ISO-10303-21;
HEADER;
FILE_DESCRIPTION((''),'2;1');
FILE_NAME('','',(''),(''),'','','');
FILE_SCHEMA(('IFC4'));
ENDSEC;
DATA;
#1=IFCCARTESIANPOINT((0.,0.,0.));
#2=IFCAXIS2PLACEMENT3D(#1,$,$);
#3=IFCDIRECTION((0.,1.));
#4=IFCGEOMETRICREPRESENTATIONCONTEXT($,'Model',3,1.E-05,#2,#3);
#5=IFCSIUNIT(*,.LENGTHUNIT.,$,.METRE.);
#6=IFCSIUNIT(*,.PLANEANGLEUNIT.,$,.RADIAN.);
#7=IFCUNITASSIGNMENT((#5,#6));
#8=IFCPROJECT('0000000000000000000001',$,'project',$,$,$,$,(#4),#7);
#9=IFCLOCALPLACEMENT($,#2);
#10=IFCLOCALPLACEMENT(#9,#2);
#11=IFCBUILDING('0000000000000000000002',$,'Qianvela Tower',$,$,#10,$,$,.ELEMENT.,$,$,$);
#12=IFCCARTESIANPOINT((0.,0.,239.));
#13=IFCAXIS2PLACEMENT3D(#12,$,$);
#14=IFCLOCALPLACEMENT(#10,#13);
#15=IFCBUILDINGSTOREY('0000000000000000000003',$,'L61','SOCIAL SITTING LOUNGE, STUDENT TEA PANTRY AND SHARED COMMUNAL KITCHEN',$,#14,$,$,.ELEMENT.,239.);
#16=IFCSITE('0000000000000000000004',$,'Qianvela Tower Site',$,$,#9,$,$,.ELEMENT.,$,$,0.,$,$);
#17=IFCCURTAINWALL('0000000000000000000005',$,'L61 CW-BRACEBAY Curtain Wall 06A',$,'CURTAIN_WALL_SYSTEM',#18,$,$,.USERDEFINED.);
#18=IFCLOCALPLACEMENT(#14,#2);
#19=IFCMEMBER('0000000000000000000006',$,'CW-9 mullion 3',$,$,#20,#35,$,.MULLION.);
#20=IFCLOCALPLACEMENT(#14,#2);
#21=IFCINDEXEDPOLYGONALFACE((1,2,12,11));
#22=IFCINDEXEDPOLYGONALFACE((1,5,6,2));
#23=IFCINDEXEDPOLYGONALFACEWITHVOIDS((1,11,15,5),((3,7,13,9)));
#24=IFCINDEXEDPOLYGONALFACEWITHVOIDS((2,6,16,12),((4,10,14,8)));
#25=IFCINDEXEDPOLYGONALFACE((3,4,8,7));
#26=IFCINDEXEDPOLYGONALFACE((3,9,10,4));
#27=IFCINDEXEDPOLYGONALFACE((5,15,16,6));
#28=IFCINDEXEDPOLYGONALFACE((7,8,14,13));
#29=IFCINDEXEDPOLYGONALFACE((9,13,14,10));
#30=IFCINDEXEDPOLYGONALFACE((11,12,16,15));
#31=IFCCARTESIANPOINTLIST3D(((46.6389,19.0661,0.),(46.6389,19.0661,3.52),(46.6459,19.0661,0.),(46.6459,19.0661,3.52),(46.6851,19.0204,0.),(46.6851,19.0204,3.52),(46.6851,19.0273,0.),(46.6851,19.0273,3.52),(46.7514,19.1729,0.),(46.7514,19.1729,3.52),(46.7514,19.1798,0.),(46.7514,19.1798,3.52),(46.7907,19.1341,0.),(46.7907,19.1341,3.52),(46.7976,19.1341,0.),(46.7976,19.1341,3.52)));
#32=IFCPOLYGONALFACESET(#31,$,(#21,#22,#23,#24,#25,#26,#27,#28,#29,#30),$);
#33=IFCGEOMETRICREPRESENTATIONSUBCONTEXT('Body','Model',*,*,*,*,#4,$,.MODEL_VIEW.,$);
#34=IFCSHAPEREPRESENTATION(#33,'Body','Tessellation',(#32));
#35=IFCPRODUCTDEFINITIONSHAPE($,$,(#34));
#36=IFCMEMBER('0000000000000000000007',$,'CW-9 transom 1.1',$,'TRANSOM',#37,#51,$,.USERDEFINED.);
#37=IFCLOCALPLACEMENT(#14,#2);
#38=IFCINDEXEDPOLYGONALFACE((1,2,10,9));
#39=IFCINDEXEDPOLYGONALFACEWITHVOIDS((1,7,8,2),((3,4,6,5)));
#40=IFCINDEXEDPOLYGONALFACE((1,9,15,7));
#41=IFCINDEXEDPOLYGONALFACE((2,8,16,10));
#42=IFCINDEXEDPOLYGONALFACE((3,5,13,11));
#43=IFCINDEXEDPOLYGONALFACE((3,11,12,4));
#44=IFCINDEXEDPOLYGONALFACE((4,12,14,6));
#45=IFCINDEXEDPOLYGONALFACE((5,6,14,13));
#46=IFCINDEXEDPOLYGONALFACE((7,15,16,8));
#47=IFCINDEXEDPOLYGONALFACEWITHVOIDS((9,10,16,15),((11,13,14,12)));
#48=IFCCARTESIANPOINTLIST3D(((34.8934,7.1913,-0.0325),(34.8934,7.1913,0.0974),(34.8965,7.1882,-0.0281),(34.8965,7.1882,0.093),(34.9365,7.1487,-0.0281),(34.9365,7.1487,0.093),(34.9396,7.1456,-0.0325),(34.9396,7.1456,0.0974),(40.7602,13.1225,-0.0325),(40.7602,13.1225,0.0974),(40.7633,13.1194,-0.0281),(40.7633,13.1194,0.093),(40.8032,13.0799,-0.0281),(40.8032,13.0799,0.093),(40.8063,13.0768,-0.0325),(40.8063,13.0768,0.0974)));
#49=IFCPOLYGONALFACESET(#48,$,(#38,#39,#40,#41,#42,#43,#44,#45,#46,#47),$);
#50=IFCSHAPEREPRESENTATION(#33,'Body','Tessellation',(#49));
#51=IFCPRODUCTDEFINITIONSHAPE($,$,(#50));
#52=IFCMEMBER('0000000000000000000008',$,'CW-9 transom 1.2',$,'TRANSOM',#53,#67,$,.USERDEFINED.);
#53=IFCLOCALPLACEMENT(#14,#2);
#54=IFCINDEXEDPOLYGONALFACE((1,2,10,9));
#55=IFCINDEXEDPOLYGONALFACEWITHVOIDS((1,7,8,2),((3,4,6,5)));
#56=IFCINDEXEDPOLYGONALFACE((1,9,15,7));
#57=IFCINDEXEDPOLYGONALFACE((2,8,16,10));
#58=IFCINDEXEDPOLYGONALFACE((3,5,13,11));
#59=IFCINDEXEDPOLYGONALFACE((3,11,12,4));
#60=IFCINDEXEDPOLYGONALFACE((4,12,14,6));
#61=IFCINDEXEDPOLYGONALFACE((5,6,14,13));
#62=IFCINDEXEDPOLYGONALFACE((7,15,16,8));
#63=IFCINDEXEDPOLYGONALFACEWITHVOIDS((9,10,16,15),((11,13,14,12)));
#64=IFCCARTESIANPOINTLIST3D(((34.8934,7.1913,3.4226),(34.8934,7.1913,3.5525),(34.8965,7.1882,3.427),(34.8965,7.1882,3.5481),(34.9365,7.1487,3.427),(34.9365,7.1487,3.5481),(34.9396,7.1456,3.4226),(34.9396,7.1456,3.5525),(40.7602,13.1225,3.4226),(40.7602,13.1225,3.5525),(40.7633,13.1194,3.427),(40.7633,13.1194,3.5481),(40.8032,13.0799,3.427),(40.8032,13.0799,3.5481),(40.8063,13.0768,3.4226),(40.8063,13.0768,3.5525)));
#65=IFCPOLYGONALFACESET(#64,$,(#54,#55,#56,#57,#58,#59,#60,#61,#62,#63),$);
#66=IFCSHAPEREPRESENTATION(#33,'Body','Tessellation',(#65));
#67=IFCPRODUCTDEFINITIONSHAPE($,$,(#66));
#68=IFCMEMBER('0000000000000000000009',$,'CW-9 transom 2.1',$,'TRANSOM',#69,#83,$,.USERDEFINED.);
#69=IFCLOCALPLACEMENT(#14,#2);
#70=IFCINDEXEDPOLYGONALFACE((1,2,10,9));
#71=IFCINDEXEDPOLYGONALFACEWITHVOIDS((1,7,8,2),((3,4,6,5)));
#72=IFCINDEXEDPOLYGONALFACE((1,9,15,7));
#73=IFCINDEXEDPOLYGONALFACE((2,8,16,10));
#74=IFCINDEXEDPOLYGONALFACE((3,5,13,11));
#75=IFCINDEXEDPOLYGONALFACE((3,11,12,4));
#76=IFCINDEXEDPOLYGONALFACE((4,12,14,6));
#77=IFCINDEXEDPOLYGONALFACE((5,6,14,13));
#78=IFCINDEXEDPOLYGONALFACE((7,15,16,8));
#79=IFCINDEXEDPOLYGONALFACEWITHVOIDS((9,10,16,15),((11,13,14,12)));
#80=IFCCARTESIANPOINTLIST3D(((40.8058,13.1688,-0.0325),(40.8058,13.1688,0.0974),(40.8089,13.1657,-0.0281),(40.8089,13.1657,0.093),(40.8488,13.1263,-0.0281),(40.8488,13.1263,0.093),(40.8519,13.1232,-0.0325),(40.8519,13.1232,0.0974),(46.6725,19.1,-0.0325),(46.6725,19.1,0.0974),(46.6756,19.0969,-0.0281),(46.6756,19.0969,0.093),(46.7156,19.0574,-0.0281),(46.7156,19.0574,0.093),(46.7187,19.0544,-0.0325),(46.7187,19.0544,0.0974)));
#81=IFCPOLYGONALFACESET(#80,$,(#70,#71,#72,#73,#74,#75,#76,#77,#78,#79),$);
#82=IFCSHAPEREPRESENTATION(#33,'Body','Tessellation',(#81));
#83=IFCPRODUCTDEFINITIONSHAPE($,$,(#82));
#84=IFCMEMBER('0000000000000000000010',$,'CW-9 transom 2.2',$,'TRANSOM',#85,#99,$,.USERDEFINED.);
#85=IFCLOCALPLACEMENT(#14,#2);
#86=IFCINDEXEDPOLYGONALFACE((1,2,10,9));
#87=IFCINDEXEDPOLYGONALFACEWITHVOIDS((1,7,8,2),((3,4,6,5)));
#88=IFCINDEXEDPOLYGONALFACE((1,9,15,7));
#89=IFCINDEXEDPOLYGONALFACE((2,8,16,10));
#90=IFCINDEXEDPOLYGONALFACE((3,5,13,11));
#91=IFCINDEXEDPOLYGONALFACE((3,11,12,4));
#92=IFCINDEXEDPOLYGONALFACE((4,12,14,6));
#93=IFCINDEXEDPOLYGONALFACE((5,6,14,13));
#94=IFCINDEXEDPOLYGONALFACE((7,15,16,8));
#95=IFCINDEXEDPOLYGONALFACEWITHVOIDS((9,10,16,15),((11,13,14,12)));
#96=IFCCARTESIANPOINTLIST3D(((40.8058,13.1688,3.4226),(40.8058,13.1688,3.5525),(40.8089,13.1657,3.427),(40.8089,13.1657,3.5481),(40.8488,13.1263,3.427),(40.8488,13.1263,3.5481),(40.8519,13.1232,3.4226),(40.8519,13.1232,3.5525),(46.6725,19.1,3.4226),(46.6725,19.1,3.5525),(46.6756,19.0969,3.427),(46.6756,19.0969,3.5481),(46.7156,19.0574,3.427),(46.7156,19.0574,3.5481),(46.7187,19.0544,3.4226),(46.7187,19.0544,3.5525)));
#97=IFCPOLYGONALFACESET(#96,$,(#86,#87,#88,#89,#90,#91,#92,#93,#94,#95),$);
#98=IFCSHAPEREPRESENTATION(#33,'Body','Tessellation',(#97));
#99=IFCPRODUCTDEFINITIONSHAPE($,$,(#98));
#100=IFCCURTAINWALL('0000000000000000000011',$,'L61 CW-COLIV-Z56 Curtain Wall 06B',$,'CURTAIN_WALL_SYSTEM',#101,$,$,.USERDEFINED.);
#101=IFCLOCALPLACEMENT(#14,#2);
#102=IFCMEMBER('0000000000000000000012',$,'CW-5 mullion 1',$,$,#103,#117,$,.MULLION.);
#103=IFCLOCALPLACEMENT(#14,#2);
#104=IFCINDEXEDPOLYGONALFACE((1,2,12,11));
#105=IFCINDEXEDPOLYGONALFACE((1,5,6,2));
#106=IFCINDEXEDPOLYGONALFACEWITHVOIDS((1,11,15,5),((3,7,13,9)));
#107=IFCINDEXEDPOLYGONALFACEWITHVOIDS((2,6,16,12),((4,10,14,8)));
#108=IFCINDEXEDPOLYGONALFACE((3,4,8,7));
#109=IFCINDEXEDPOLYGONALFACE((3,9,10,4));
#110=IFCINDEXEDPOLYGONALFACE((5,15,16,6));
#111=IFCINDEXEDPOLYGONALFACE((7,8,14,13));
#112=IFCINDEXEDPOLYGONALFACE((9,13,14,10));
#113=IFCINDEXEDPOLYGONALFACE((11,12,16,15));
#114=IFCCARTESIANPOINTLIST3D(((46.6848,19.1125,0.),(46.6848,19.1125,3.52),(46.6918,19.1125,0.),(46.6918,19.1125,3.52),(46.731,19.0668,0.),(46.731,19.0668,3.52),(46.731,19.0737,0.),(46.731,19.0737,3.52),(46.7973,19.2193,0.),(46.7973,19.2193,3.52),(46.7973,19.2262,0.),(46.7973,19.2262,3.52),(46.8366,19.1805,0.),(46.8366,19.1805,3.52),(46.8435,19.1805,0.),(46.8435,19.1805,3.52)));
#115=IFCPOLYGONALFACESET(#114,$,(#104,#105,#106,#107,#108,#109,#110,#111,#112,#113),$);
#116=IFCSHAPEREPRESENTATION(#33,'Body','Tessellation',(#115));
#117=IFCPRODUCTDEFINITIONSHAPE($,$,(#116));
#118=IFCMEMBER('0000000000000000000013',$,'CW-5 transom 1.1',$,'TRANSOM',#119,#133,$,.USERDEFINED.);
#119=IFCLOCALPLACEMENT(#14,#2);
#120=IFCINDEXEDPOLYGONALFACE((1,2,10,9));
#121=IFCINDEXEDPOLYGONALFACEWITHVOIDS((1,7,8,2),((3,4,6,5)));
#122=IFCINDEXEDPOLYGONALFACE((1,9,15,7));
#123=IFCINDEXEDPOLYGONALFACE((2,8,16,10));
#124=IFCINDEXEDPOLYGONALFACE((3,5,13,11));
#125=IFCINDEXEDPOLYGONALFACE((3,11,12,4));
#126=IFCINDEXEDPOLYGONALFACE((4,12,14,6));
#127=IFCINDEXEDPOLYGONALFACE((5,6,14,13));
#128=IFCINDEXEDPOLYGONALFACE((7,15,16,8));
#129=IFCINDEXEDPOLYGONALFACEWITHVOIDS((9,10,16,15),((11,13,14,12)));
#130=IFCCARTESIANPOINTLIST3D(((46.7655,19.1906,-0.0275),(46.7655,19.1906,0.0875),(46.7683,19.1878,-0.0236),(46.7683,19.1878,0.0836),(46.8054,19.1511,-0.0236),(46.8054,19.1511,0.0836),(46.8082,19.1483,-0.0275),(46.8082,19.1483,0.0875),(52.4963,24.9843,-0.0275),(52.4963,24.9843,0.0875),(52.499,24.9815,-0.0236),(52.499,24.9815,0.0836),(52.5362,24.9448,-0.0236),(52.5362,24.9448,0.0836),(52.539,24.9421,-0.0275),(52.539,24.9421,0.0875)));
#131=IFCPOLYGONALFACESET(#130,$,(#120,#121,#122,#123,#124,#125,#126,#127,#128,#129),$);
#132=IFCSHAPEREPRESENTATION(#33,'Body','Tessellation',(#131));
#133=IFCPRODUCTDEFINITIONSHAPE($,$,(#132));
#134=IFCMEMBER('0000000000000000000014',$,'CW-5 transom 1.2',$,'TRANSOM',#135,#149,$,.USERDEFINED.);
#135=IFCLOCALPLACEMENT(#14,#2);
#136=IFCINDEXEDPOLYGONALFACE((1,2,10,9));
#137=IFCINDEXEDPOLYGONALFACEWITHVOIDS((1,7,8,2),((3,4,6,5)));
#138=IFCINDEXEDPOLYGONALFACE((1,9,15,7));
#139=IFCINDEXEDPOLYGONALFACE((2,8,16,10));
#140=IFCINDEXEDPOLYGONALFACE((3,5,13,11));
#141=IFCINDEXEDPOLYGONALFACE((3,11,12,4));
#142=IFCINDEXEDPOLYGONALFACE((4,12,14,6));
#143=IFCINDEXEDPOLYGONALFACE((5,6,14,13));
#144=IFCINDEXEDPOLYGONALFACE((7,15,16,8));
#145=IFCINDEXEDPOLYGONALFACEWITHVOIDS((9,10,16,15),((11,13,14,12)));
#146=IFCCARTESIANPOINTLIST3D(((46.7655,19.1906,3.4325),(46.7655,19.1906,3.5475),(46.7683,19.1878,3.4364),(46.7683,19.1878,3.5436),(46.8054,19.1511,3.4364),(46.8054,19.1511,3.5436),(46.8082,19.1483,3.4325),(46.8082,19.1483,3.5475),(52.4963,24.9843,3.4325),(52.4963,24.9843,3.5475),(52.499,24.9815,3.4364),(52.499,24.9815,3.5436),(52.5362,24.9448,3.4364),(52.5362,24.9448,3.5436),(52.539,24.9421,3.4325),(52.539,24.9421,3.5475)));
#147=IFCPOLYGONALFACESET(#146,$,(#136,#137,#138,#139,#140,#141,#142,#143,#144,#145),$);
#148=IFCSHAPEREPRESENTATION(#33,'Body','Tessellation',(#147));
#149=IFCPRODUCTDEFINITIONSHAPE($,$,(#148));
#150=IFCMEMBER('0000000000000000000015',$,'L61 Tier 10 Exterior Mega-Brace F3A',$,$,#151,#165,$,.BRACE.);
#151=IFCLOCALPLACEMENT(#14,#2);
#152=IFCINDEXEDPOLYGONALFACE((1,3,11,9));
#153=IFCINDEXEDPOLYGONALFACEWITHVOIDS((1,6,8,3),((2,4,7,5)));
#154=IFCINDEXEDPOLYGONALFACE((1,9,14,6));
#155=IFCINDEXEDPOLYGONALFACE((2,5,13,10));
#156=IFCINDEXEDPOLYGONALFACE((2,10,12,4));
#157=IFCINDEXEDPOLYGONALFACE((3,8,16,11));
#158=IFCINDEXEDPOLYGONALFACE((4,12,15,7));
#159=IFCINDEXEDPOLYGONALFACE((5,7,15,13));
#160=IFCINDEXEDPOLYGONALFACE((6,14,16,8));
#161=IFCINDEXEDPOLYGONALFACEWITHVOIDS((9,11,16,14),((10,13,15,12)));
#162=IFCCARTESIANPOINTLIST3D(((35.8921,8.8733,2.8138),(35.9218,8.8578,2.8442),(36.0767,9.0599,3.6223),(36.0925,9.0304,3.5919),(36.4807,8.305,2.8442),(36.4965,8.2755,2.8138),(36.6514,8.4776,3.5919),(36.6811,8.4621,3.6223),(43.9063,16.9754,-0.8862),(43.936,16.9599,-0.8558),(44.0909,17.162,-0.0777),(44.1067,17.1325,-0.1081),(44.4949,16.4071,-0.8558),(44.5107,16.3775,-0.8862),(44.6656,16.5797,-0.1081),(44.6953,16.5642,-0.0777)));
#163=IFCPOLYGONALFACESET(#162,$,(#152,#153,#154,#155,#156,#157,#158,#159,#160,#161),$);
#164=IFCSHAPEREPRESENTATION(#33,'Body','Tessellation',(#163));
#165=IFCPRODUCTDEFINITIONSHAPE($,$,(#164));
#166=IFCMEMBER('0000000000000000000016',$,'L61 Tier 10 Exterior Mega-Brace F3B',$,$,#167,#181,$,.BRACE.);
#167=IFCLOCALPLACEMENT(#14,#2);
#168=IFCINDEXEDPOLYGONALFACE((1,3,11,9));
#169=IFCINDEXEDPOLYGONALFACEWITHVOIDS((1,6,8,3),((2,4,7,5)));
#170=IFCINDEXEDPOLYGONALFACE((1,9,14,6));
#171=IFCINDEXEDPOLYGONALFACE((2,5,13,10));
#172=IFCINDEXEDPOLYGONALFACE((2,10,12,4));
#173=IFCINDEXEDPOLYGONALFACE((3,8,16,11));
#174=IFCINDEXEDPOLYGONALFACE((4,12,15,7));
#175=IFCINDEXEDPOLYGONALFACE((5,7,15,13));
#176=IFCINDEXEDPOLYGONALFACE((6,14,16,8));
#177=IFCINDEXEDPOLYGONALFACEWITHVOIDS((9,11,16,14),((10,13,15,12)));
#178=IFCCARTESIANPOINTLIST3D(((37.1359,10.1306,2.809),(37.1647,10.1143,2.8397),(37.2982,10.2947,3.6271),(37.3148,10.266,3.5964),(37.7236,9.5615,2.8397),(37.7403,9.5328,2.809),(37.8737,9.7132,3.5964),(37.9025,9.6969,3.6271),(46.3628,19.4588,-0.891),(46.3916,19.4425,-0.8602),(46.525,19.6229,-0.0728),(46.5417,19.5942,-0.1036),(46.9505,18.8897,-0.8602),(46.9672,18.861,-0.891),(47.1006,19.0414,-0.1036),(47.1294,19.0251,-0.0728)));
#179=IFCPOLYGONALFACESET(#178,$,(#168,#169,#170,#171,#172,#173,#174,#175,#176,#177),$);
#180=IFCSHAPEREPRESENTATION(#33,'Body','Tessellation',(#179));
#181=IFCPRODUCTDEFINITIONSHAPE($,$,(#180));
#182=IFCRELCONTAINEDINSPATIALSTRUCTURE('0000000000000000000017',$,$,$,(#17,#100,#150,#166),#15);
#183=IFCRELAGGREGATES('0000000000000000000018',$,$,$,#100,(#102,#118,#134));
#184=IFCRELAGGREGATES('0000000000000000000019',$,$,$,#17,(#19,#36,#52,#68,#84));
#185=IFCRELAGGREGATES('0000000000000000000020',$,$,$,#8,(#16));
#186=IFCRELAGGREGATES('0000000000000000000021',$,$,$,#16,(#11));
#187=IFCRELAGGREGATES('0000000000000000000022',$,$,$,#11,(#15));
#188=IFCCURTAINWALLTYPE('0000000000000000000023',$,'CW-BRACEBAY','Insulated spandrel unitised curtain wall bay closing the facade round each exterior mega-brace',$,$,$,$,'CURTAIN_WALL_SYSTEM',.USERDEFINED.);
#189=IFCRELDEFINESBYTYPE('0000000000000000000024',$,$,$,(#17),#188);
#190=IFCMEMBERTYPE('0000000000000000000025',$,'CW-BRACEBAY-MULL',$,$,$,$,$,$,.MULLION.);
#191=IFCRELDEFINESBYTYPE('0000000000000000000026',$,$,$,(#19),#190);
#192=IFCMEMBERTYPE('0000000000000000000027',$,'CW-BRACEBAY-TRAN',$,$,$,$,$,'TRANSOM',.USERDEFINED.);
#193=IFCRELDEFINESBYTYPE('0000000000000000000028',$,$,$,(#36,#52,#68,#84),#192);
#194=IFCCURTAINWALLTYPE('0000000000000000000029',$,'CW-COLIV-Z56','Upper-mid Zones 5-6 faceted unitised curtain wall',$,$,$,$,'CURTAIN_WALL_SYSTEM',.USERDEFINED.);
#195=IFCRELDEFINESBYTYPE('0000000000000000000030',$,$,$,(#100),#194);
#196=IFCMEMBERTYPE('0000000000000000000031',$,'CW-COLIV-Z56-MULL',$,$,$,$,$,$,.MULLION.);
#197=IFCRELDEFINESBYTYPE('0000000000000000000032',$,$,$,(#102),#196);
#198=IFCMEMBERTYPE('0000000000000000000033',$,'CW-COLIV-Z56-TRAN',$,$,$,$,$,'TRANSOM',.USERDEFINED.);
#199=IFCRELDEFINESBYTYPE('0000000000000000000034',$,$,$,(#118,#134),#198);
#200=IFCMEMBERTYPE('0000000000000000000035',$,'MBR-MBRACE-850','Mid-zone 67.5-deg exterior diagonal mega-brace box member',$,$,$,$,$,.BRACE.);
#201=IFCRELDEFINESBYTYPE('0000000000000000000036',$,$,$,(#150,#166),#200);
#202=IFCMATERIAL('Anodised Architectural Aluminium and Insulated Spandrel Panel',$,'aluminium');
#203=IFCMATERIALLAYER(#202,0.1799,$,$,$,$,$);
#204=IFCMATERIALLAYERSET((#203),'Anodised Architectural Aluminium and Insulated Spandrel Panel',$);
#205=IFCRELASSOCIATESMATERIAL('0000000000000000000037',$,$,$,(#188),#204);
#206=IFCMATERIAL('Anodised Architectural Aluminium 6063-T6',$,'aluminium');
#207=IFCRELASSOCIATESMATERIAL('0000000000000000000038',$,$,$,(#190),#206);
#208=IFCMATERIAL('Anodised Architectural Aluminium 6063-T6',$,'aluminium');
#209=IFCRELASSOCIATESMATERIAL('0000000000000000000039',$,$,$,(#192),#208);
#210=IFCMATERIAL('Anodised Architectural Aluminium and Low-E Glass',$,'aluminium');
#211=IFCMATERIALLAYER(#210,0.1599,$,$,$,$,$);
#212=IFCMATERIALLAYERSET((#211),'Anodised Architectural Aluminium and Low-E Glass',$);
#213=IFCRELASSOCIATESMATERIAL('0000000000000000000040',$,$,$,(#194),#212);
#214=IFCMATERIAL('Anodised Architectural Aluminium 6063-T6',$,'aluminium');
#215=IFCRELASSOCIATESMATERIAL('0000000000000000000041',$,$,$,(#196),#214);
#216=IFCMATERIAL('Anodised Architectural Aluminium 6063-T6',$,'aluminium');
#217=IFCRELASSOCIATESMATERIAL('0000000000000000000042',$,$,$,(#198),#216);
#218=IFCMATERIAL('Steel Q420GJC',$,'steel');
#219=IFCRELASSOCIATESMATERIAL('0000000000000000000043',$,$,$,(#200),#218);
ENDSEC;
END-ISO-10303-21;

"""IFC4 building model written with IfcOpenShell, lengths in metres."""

from ifc_helpers import new_model, si_unit, direction, frame, origin, origin_2d, place, context, subcontext, project, spatial, hollow_rectangle, extrude, material, layer, layer_set, material_profile, profile_set, type_object, element, aggregate, save


model = new_model("IFC4")

# Units and contexts
model_context = context("Model", 3, precision=1e-05, world=origin(), true_north=direction((0.0, 1.0)))
body_context = subcontext(model_context, "Body", "Model", "MODEL_VIEW")
ifc_project = project(units=[si_unit("LENGTHUNIT", "METRE"), si_unit("PLANEANGLEUNIT", "RADIAN")], contexts=[model_context])

# Site, building, storey
site_placement = place(None, origin())
site = spatial("IfcSite", under=ifc_project, at=site_placement, Name="Qianvela Tower Site", CompositionType="ELEMENT", RefElevation=0.0)
building_placement = place(site_placement, origin())
building = spatial("IfcBuilding", under=site, at=building_placement, Name="Qianvela Tower", CompositionType="ELEMENT")
storey_placement = place(building_placement, frame((0.0, 0.0, 239.0)))
storey = spatial("IfcBuildingStorey", under=building, at=storey_placement, Name="L61", Description="SOCIAL SITTING LOUNGE, STUDENT TEA PANTRY AND SHARED COMMUNAL KITCHEN", CompositionType="ELEMENT", Elevation=239.0)

# Curtain walls, members
ifc_material_1 = material(Name="Anodised Architectural Aluminium and Insulated Spandrel Panel", Category="aluminium")
ifc_layer_1 = layer(ifc_material_1, 0.1799)
ifc_layer_set_1 = layer_set([ifc_layer_1], Name="Anodised Architectural Aluminium and Insulated Spandrel Panel")
curtain_wall_type_1 = type_object("IfcCurtainWallType", Name="CW-BRACEBAY", Description="Insulated spandrel unitised curtain wall bay closing the facade round each exterior mega-brace", ElementType="CURTAIN_WALL_SYSTEM", PredefinedType="USERDEFINED", material=ifc_layer_set_1)
curtain_wall_1_placement = place(storey_placement, origin())
curtain_wall_1 = element("IfcCurtainWall", 1, at=curtain_wall_1_placement, inside=storey, type_object=curtain_wall_type_1, Name="L61 CW-BRACEBAY Curtain Wall 06A", ObjectType="CURTAIN_WALL_SYSTEM", PredefinedType="USERDEFINED")
ifc_material_2 = material(Name="Anodised Architectural Aluminium 6063-T6", Category="aluminium")
ifc_material_profile_1 = material_profile(ifc_material_2, hollow_rectangle(XDim=0.0649, YDim=0.1599, WallThickness=0.0049, at=origin_2d()), Name="ALU-MULL-65x160")
ifc_profile_set_1 = profile_set([ifc_material_profile_1], Name="Anodised Architectural Aluminium 6063-T6")
member_type_1 = type_object("IfcMemberType", Name="CW-BRACEBAY-MULL", PredefinedType="MULLION", material=ifc_profile_set_1)
member_1_placement = place(storey_placement, frame((46.7183, 19.1001, 0.0), z_axis=(0.0, 0.0, 1.0), x_axis=(-0.710962, 0.703231, 0.0)))
member_1 = element("IfcMember", 2, at=member_1_placement, type_object=member_type_1, Name="CW-9 mullion 3", PredefinedType="MULLION", context=body_context, shape_type="SweptSolid", body=[
    extrude(hollow_rectangle(XDim=0.0649, YDim=0.1599, WallThickness=0.0049, at=origin_2d()), origin(), (0.0, 0.0, 1.0), 3.52),
])
ifc_material_3 = material(Name="Anodised Architectural Aluminium 6063-T6", Category="aluminium")
ifc_material_profile_2 = material_profile(ifc_material_3, hollow_rectangle(XDim=0.0649, YDim=0.1299, WallThickness=0.0044, at=origin_2d()), Name="ALU-TRAN-65x130")
ifc_profile_set_2 = profile_set([ifc_material_profile_2], Name="Anodised Architectural Aluminium 6063-T6")
member_type_2 = type_object("IfcMemberType", Name="CW-BRACEBAY-TRAN", ElementType="TRANSOM", PredefinedType="USERDEFINED", material=ifc_profile_set_2)
member_2_placement = place(storey_placement, frame((34.9165, 7.1685, 0.0325), z_axis=(0.703233, 0.710959, 0.0), x_axis=(-0.710959, 0.703233, 0.0)))
member_2 = element("IfcMember", 3, at=member_2_placement, type_object=member_type_2, Name="CW-9 transom 1.1", ObjectType="TRANSOM", PredefinedType="USERDEFINED", context=body_context, shape_type="SweptSolid", body=[
    extrude(hollow_rectangle(XDim=0.0649, YDim=0.1299, WallThickness=0.0044, at=origin_2d()), origin(), (0.0, 0.0, 1.0), 8.3425),
])
member_3_placement = place(storey_placement, frame((34.9165, 7.1685, 3.4875), z_axis=(0.703233, 0.710959, 0.0), x_axis=(-0.710959, 0.703233, 0.0)))
member_3 = element("IfcMember", 4, at=member_3_placement, type_object=member_type_2, Name="CW-9 transom 1.2", ObjectType="TRANSOM", PredefinedType="USERDEFINED", context=body_context, shape_type="SweptSolid", body=[
    extrude(hollow_rectangle(XDim=0.0649, YDim=0.1299, WallThickness=0.0044, at=origin_2d()), origin(), (0.0, 0.0, 1.0), 8.3425),
])
member_4_placement = place(storey_placement, frame((40.8289, 13.146, 0.0325), z_axis=(0.703233, 0.710959, 0.0), x_axis=(-0.710959, 0.703233, 0.0)))
member_4 = element("IfcMember", 5, at=member_4_placement, type_object=member_type_2, Name="CW-9 transom 2.1", ObjectType="TRANSOM", PredefinedType="USERDEFINED", context=body_context, shape_type="SweptSolid", body=[
    extrude(hollow_rectangle(XDim=0.0649, YDim=0.1299, WallThickness=0.0044, at=origin_2d()), origin(), (0.0, 0.0, 1.0), 8.3425),
])
member_5_placement = place(storey_placement, frame((40.8289, 13.146, 3.4875), z_axis=(0.703233, 0.710959, 0.0), x_axis=(-0.710959, 0.703233, 0.0)))
member_5 = element("IfcMember", 6, at=member_5_placement, type_object=member_type_2, Name="CW-9 transom 2.2", ObjectType="TRANSOM", PredefinedType="USERDEFINED", context=body_context, shape_type="SweptSolid", body=[
    extrude(hollow_rectangle(XDim=0.0649, YDim=0.1299, WallThickness=0.0044, at=origin_2d()), origin(), (0.0, 0.0, 1.0), 8.3425),
])
ifc_material_4 = material(Name="Anodised Architectural Aluminium and Low-E Glass", Category="aluminium")
ifc_layer_2 = layer(ifc_material_4, 0.1599)
ifc_layer_set_2 = layer_set([ifc_layer_2], Name="Anodised Architectural Aluminium and Low-E Glass")
curtain_wall_type_2 = type_object("IfcCurtainWallType", Name="CW-COLIV-Z56", Description="Upper-mid Zones 5-6 faceted unitised curtain wall", ElementType="CURTAIN_WALL_SYSTEM", PredefinedType="USERDEFINED", material=ifc_layer_set_2)
curtain_wall_2_placement = place(storey_placement, origin())
curtain_wall_2 = element("IfcCurtainWall", 7, at=curtain_wall_2_placement, inside=storey, type_object=curtain_wall_type_2, Name="L61 CW-COLIV-Z56 Curtain Wall 06B", ObjectType="CURTAIN_WALL_SYSTEM", PredefinedType="USERDEFINED")
ifc_material_5 = material(Name="Anodised Architectural Aluminium 6063-T6", Category="aluminium")
ifc_material_profile_3 = material_profile(ifc_material_5, hollow_rectangle(XDim=0.0649, YDim=0.1599, WallThickness=0.0049, at=origin_2d()), Name="ALU-MULL-65x160")
ifc_profile_set_3 = profile_set([ifc_material_profile_3], Name="Anodised Architectural Aluminium 6063-T6")
member_type_3 = type_object("IfcMemberType", Name="CW-COLIV-Z56-MULL", PredefinedType="MULLION", material=ifc_profile_set_3)
member_6_placement = place(storey_placement, frame((46.7642, 19.1465, 0.0), z_axis=(0.0, 0.0, 1.0), x_axis=(-0.710962, 0.703231, 0.0)))
member_6 = element("IfcMember", 8, at=member_6_placement, type_object=member_type_3, Name="CW-5 mullion 1", PredefinedType="MULLION", context=body_context, shape_type="SweptSolid", body=[
    extrude(hollow_rectangle(XDim=0.0649, YDim=0.1599, WallThickness=0.0049, at=origin_2d()), origin(), (0.0, 0.0, 1.0), 3.52),
])
ifc_material_6 = material(Name="Anodised Architectural Aluminium 6063-T6", Category="aluminium")
ifc_material_profile_4 = material_profile(ifc_material_6, hollow_rectangle(XDim=0.0601, YDim=0.115, WallThickness=0.0039, at=origin_2d()), Name="ALU-TRAN-60x115")
ifc_profile_set_4 = profile_set([ifc_material_profile_4], Name="Anodised Architectural Aluminium 6063-T6")
member_type_4 = type_object("IfcMemberType", Name="CW-COLIV-Z56-TRAN", ElementType="TRANSOM", PredefinedType="USERDEFINED", material=ifc_profile_set_4)
member_7_placement = place(storey_placement, frame((46.7869, 19.1694, 0.03), z_axis=(0.703231, 0.710961, 0.0), x_axis=(-0.710961, 0.703231, 0.0)))
member_7 = element("IfcMember", 9, at=member_7_placement, type_object=member_type_4, Name="CW-5 transom 1.1", ObjectType="TRANSOM", PredefinedType="USERDEFINED", context=body_context, shape_type="SweptSolid", body=[
    extrude(hollow_rectangle(XDim=0.0601, YDim=0.115, WallThickness=0.0039, at=origin_2d()), origin(), (0.0, 0.0, 1.0), 8.1492),
])
member_8_placement = place(storey_placement, frame((46.7869, 19.1694, 3.49), z_axis=(0.703231, 0.710961, 0.0), x_axis=(-0.710961, 0.703231, 0.0)))
member_8 = element("IfcMember", 10, at=member_8_placement, type_object=member_type_4, Name="CW-5 transom 1.2", ObjectType="TRANSOM", PredefinedType="USERDEFINED", context=body_context, shape_type="SweptSolid", body=[
    extrude(hollow_rectangle(XDim=0.0601, YDim=0.115, WallThickness=0.0039, at=origin_2d()), origin(), (0.0, 0.0, 1.0), 8.1492),
])
aggregate(curtain_wall_2, [member_6, member_7, member_8])

# Members
ifc_material_7 = material(Name="Steel Q420GJC", Category="steel")
ifc_material_profile_5 = material_profile(ifc_material_7, hollow_rectangle(XDim=0.8501, YDim=0.8501, WallThickness=0.032, at=origin_2d()), Name="MBOX-850x850x32")
ifc_profile_set_5 = profile_set([ifc_material_profile_5], Name="Steel Q420GJC")
member_type_5 = type_object("IfcMemberType", Name="MBR-MBRACE-850", Description="Mid-zone 67.5-deg exterior diagonal mega-brace box member", PredefinedType="BRACE", material=ifc_profile_set_5)
member_9_placement = place(storey_placement, frame((44.3008, 16.7698, -0.4819), z_axis=(-0.66887, -0.676206, 0.308802), x_axis=(0.710952, -0.70324, 0.0)))
element("IfcMember", 11, at=member_9_placement, inside=storey, type_object=member_type_5, Name="L61 Tier 10 Exterior Mega-Brace F3A", PredefinedType="BRACE", context=body_context, shape_type="SweptSolid", body=[
    extrude(hollow_rectangle(XDim=0.8501, YDim=0.8501, WallThickness=0.032, at=origin_2d()), origin(), (0.0, 0.0, 1.0), 11.9817),
])
member_10_placement = place(storey_placement, frame((46.7461, 19.2419, -0.4819), z_axis=(-0.676838, -0.68427, 0.271412), x_axis=(0.710957, -0.703235, 0.0)))
element("IfcMember", 12, at=member_10_placement, inside=storey, type_object=member_type_5, Name="L61 Tier 10 Exterior Mega-Brace F3B", PredefinedType="BRACE", context=body_context, shape_type="SweptSolid", body=[
    extrude(hollow_rectangle(XDim=0.8501, YDim=0.8501, WallThickness=0.032, at=origin_2d()), origin(), (0.0, 0.0, 1.0), 13.6323),
])

aggregate(curtain_wall_1, [member_1, member_2, member_3, member_4, member_5])

save(model, "model.ifc")
